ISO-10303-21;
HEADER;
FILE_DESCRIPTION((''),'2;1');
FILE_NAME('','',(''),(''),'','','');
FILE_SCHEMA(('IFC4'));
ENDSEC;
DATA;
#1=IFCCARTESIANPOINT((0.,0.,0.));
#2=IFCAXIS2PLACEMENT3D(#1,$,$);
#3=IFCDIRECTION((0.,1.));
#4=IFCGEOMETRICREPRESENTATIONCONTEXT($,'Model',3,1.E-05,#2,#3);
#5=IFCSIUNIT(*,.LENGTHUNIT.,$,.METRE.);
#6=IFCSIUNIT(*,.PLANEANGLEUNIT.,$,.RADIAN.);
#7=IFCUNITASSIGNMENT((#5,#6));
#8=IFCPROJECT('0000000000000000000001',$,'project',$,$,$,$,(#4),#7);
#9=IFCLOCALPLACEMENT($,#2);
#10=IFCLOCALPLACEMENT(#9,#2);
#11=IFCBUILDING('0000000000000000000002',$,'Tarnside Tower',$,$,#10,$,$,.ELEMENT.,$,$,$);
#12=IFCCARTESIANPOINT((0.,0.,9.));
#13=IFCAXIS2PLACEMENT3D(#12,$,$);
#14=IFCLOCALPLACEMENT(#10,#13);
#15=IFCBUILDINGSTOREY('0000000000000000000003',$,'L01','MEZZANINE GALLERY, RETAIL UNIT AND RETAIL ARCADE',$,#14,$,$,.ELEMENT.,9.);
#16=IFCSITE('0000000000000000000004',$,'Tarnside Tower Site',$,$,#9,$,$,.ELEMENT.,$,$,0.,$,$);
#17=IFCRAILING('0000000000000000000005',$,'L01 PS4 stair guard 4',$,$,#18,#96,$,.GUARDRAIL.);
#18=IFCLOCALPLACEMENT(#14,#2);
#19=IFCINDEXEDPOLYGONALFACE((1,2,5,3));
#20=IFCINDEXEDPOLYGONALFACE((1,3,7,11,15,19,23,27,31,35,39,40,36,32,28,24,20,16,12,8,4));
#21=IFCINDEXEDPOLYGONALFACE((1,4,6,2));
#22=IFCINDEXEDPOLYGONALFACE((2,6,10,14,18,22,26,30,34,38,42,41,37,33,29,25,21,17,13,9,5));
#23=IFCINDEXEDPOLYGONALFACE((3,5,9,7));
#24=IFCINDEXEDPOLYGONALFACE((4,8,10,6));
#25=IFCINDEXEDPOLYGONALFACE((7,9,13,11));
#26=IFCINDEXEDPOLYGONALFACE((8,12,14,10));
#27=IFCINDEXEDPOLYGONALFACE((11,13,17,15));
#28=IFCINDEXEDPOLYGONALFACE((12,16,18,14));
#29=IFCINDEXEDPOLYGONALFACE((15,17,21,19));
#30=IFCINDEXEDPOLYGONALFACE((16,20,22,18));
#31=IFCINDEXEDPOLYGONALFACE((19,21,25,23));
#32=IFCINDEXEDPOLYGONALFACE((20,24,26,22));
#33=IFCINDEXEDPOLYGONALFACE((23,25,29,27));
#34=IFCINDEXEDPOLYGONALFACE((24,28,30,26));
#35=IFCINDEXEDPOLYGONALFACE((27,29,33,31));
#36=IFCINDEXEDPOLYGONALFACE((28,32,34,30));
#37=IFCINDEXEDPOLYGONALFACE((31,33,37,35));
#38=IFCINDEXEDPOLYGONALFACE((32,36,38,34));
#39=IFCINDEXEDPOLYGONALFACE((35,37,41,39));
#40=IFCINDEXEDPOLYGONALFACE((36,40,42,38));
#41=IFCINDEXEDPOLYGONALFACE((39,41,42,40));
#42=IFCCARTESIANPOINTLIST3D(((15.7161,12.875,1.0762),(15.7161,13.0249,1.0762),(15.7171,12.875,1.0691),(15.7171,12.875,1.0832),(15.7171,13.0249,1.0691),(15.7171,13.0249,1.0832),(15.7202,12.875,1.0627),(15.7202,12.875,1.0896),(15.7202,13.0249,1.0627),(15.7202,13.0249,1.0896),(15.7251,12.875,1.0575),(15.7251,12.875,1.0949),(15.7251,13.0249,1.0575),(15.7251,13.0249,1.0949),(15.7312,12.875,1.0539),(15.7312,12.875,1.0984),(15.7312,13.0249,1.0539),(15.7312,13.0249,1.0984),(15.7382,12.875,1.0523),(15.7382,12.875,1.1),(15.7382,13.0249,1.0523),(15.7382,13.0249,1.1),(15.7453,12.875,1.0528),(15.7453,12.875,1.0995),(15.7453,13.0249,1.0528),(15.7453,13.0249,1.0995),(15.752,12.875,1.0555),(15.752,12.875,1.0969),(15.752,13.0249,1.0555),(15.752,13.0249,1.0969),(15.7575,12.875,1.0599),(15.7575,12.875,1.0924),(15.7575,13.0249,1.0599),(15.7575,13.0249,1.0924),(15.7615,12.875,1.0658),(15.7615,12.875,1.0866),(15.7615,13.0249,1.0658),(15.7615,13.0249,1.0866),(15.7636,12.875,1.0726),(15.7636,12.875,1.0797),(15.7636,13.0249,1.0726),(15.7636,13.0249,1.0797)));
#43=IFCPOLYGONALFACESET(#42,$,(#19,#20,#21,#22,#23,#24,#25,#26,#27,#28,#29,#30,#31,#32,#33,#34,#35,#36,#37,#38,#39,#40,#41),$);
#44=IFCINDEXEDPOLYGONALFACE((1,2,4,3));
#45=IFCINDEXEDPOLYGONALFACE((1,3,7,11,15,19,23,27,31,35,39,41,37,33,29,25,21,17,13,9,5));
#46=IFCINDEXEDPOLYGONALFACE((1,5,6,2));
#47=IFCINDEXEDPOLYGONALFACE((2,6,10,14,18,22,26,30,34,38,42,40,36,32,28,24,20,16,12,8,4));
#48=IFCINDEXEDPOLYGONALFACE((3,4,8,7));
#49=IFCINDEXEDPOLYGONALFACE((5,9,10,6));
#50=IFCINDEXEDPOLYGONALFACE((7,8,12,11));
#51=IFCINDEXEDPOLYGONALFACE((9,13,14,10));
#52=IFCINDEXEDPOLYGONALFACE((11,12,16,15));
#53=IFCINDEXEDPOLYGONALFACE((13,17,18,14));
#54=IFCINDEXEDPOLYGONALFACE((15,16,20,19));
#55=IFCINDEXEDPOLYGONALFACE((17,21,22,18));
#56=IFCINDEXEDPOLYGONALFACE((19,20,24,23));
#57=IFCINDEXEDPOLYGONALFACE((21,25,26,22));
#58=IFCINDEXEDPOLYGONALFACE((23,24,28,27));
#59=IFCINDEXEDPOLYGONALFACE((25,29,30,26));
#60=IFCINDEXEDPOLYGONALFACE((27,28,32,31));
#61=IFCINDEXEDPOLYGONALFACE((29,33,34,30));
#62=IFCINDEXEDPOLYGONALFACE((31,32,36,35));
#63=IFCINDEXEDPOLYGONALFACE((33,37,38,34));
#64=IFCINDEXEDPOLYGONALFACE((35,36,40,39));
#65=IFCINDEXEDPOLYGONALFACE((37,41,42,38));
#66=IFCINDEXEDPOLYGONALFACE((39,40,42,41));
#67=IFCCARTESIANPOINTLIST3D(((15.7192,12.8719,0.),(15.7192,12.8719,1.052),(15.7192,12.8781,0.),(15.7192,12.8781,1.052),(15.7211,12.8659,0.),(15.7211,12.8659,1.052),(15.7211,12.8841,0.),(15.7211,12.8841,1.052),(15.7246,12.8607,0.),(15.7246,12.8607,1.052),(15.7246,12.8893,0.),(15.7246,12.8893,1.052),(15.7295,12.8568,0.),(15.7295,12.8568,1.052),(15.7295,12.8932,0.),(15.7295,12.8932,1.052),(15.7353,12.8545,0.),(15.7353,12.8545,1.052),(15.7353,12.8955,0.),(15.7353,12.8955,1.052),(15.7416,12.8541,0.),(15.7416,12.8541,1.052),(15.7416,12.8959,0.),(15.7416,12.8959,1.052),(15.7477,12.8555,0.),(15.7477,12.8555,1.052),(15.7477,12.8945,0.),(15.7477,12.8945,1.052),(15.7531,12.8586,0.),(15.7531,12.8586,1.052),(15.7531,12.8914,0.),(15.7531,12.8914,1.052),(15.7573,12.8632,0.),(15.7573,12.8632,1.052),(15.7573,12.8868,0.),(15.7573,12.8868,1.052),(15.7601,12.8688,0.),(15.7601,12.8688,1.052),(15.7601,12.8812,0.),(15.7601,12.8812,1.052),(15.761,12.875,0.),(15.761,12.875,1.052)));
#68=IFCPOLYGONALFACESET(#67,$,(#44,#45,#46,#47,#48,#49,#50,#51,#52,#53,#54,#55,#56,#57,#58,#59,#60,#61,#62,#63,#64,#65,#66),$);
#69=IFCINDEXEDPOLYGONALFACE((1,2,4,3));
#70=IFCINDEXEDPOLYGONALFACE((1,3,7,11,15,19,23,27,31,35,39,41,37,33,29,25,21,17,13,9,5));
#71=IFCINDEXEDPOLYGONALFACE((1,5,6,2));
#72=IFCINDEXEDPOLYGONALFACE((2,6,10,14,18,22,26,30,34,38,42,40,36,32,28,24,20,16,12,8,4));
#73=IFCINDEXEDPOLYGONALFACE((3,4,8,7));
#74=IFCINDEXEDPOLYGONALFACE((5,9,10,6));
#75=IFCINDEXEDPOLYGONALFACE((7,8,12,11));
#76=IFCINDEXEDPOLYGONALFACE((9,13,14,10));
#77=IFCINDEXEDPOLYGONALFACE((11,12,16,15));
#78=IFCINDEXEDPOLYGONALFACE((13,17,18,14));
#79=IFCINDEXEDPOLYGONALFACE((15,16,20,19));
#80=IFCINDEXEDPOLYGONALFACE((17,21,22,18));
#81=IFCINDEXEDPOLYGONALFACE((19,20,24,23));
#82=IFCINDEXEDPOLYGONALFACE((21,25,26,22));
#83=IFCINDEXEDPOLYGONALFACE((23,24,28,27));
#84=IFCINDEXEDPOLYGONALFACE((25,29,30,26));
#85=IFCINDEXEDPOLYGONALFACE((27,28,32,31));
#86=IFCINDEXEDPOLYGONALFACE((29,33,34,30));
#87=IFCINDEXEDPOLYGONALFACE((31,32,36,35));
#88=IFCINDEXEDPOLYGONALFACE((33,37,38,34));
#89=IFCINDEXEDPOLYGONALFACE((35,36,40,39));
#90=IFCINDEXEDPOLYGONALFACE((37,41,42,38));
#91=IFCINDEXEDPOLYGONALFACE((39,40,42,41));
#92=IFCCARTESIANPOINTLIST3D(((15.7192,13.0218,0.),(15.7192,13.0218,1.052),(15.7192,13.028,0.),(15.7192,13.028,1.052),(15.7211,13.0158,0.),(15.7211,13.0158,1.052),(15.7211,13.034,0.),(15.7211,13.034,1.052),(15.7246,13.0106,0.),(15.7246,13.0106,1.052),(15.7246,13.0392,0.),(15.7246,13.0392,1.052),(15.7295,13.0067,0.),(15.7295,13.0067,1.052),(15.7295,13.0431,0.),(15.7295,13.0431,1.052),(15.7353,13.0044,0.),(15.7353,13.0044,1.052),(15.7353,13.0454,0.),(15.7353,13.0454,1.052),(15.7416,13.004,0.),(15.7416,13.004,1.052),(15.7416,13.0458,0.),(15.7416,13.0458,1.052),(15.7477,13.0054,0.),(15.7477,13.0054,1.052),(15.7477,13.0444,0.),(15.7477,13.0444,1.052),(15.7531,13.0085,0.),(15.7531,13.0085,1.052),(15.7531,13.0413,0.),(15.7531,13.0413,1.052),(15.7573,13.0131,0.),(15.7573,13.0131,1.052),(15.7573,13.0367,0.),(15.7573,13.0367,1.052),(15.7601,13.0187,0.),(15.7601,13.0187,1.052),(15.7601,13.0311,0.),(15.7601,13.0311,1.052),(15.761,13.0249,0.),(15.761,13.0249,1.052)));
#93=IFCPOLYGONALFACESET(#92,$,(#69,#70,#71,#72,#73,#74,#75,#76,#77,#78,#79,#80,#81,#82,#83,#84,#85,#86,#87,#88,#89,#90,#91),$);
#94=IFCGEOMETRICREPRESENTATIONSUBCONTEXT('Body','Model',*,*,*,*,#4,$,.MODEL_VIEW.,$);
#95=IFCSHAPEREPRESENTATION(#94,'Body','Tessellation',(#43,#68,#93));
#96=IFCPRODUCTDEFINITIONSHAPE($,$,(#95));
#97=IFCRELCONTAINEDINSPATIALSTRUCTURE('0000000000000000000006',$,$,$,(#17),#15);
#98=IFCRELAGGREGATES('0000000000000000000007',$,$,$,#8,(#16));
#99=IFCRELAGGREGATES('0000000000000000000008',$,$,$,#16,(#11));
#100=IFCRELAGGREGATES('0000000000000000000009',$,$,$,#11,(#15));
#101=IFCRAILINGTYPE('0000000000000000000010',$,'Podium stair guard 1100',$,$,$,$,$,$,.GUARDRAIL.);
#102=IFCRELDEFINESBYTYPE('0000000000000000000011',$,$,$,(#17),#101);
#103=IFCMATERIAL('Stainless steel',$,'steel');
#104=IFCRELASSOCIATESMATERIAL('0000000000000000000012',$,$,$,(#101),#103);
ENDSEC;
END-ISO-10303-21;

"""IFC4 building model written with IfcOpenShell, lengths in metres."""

from ifc_helpers import new_model, si_unit, direction, frame, origin, origin_2d, place, context, subcontext, project, spatial, circle, extrude, material, type_object, element, save


model = new_model("IFC4")

# Units and contexts
model_context = context("Model", 3, precision=1e-05, world=origin(), true_north=direction((0.0, 1.0)))
body_context = subcontext(model_context, "Body", "Model", "MODEL_VIEW")
ifc_project = project(units=[si_unit("LENGTHUNIT", "METRE"), si_unit("PLANEANGLEUNIT", "RADIAN")], contexts=[model_context])

# Site, building, storey
site_placement = place(None, origin())
site = spatial("IfcSite", under=ifc_project, at=site_placement, Name="Tarnside Tower Site", CompositionType="ELEMENT", RefElevation=0.0)
building_placement = place(site_placement, origin())
building = spatial("IfcBuilding", under=site, at=building_placement, Name="Tarnside Tower", CompositionType="ELEMENT")
storey_placement = place(building_placement, frame((0.0, 0.0, 9.0)))
storey = spatial("IfcBuildingStorey", under=building, at=storey_placement, Name="L01", Description="MEZZANINE GALLERY, RETAIL UNIT AND RETAIL ARCADE", CompositionType="ELEMENT", Elevation=9.0)

# Railing
ifc_material_1 = material(Name="Stainless steel", Category="steel")
railing_type_1 = type_object("IfcRailingType", Name="Podium stair guard 1100", PredefinedType="GUARDRAIL", material=ifc_material_1)
railing_1_placement = place(storey_placement, frame((15.74, 12.875, 0.0)))
element("IfcRailing", 1, at=railing_1_placement, inside=storey, type_object=railing_type_1, Name="L01 PS4 stair guard 4", PredefinedType="GUARDRAIL", context=body_context, shape_type="SweptSolid", body=[
    extrude(circle(Radius=0.0239, at=origin_2d()), frame((0.0, 0.0, 1.0762), z_axis=(0.0, 1.0, 0.0), x_axis=(-1.0, 0.0, 0.0)), (0.0, 0.0, 1.0), 0.1499),
    extrude(circle(Radius=0.021, at=origin_2d()), origin(), (0.0, 0.0, 1.0), 1.052),
    extrude(circle(Radius=0.021, at=origin_2d()), frame((0.0, 0.1499, 0.0)), (0.0, 0.0, 1.0), 1.052),
])

save(model, "model.ifc")
